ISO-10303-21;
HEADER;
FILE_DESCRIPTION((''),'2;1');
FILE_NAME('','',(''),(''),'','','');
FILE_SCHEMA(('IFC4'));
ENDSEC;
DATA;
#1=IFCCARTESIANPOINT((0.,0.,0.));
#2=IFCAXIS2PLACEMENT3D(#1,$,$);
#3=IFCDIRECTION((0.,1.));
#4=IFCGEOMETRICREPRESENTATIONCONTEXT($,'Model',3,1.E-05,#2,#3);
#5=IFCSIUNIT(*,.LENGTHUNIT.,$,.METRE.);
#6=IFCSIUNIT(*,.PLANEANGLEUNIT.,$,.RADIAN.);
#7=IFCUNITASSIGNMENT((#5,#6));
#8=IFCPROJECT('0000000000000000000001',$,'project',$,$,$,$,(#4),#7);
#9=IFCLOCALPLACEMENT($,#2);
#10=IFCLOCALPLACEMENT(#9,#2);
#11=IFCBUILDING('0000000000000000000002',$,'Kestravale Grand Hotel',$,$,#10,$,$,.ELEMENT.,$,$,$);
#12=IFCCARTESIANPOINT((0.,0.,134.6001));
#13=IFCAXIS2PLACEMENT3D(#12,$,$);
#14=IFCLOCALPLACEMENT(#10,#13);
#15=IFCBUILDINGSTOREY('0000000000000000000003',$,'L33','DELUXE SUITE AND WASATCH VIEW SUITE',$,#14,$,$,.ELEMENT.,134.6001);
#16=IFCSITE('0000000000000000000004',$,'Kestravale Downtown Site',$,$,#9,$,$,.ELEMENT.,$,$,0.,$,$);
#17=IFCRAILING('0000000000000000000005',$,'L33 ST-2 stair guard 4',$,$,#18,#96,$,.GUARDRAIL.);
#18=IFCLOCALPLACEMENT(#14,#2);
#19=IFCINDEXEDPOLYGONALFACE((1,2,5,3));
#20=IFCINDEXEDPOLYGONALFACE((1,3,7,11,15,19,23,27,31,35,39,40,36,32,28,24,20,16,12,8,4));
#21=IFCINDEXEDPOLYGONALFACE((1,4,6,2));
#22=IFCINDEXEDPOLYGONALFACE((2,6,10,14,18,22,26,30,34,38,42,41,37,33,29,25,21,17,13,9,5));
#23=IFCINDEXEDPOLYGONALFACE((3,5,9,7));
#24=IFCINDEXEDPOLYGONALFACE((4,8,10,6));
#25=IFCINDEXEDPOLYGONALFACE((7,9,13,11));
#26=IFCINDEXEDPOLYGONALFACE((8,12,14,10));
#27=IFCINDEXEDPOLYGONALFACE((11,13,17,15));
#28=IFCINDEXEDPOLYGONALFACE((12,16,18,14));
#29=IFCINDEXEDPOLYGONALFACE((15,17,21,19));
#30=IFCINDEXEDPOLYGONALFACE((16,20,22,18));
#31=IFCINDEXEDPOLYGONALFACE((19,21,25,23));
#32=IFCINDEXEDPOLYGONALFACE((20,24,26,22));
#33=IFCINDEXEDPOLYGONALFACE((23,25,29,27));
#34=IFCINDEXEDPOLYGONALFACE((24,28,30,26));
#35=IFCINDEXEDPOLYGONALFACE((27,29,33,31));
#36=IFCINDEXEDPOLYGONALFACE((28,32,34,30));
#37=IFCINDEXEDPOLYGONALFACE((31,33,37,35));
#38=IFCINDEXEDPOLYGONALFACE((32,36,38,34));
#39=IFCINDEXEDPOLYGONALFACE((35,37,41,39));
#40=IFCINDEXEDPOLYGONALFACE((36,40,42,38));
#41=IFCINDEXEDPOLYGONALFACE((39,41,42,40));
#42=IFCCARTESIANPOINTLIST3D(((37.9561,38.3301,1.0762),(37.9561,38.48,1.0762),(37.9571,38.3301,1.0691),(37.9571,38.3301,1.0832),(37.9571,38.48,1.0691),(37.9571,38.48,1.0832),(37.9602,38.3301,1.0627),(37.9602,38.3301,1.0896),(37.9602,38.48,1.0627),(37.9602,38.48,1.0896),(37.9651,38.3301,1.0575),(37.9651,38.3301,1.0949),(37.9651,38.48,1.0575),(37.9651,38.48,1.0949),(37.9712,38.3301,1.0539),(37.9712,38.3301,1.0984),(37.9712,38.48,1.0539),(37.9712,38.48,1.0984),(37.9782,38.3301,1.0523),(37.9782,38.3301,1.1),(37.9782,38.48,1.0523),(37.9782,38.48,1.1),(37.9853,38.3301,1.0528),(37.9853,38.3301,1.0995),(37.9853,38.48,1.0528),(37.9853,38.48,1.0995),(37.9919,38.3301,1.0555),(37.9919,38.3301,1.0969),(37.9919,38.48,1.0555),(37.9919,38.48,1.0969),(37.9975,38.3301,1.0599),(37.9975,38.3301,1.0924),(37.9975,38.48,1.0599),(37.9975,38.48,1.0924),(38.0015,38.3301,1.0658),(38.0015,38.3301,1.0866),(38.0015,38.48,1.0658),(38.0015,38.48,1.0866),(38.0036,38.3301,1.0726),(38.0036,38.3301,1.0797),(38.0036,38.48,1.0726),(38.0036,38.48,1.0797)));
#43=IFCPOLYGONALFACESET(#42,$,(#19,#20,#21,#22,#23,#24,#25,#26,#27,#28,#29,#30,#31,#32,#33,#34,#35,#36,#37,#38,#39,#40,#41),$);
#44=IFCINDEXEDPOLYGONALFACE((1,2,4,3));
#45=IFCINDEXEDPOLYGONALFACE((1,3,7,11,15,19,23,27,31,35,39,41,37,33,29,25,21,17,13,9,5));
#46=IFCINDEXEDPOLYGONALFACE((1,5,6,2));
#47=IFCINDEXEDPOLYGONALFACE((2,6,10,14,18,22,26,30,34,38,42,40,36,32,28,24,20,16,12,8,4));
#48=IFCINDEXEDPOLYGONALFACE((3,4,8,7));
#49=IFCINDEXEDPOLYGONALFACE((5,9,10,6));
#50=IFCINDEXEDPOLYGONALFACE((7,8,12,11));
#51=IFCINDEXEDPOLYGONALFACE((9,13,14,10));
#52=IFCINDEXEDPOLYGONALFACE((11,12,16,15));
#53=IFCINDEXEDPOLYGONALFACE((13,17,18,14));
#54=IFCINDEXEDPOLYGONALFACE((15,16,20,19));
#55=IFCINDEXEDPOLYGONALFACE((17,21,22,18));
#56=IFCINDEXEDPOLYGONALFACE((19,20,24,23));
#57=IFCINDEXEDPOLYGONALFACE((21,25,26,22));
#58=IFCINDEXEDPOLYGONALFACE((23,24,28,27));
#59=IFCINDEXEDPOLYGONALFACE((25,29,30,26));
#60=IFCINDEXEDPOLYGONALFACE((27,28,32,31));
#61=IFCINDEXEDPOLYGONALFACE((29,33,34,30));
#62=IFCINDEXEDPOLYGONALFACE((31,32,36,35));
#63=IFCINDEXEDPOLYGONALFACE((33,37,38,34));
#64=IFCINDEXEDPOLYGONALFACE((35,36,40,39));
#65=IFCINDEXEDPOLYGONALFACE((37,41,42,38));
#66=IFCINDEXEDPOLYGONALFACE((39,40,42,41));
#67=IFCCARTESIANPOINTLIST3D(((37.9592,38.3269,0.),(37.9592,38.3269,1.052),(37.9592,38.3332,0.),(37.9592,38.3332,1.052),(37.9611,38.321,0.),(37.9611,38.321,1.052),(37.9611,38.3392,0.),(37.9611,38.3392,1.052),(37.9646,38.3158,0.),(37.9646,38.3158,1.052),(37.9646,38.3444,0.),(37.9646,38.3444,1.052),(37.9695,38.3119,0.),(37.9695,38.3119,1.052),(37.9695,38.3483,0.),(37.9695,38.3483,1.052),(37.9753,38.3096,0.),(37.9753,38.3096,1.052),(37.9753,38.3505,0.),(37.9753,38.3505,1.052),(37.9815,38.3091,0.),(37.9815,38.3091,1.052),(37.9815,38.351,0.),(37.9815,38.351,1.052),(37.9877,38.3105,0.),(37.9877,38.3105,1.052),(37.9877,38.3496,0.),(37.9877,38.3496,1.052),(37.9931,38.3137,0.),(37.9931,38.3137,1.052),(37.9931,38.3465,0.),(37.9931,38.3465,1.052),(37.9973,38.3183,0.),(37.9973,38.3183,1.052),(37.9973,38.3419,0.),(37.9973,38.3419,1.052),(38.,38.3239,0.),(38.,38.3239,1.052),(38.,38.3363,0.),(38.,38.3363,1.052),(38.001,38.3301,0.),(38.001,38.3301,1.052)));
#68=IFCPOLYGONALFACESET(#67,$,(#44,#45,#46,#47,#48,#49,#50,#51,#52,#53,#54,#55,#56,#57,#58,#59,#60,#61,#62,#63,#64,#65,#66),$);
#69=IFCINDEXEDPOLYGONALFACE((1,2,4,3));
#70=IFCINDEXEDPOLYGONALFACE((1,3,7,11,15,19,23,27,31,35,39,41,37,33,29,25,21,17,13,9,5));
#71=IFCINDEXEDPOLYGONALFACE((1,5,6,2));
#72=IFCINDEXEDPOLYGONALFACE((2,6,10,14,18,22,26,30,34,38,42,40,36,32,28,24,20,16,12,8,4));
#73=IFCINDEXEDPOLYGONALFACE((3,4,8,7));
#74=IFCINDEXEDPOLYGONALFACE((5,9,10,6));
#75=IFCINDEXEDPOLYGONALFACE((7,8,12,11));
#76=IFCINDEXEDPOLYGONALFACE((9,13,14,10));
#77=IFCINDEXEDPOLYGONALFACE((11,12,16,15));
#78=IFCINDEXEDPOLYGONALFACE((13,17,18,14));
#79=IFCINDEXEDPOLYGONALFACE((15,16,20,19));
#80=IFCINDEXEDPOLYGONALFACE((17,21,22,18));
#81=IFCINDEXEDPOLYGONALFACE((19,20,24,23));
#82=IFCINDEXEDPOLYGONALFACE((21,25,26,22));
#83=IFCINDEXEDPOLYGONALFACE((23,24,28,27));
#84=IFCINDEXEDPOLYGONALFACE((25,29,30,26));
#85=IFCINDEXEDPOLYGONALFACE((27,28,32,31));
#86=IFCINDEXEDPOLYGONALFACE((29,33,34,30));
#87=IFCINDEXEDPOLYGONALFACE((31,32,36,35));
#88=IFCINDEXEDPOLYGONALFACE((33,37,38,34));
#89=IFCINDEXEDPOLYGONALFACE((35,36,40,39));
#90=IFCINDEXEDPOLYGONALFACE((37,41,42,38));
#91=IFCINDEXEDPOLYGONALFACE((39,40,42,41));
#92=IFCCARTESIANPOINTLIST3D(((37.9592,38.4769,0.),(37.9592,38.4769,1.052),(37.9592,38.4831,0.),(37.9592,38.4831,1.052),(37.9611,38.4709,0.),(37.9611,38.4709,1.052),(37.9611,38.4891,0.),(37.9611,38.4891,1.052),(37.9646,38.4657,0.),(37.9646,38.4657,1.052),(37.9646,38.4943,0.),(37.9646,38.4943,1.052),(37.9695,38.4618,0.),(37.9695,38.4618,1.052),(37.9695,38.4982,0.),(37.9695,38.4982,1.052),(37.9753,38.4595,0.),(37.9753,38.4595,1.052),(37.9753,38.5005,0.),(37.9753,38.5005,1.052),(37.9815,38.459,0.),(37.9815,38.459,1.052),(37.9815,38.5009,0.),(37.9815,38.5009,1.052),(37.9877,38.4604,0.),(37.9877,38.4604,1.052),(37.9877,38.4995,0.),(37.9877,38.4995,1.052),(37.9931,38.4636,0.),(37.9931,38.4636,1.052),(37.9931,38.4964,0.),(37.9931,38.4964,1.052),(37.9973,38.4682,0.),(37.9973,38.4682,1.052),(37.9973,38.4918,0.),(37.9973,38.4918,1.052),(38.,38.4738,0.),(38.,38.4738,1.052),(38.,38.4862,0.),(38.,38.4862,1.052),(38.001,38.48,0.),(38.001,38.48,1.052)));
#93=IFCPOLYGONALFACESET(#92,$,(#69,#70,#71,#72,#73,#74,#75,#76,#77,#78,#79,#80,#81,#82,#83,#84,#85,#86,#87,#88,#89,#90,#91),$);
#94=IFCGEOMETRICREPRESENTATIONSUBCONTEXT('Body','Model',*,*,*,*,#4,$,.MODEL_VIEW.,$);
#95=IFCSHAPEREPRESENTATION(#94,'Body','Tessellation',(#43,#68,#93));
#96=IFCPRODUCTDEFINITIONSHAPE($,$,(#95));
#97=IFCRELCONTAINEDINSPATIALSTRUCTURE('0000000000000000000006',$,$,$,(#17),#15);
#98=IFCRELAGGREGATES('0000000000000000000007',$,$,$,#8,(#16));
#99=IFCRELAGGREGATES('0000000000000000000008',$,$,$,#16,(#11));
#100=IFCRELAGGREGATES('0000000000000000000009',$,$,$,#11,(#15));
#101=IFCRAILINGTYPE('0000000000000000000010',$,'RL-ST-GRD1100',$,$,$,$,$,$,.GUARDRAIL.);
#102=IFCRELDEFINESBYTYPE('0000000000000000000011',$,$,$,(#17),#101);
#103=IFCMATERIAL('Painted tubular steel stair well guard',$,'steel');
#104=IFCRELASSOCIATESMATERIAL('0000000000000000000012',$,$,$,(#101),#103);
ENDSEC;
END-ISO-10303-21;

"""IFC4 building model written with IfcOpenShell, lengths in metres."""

from ifc_helpers import new_model, si_unit, direction, frame, origin, origin_2d, place, context, subcontext, project, spatial, circle, extrude, material, type_object, element, save


model = new_model("IFC4")

# Units and contexts
model_context = context("Model", 3, precision=1e-05, world=origin(), true_north=direction((0.0, 1.0)))
body_context = subcontext(model_context, "Body", "Model", "MODEL_VIEW")
ifc_project = project(units=[si_unit("LENGTHUNIT", "METRE"), si_unit("PLANEANGLEUNIT", "RADIAN")], contexts=[model_context])

# Site, building, storey
site_placement = place(None, origin())
site = spatial("IfcSite", under=ifc_project, at=site_placement, Name="Kestravale Downtown Site", CompositionType="ELEMENT", RefElevation=0.0)
building_placement = place(site_placement, origin())
building = spatial("IfcBuilding", under=site, at=building_placement, Name="Kestravale Grand Hotel", CompositionType="ELEMENT")
storey_placement = place(building_placement, frame((0.0, 0.0, 134.6001)))
storey = spatial("IfcBuildingStorey", under=building, at=storey_placement, Name="L33", Description="DELUXE SUITE AND WASATCH VIEW SUITE", CompositionType="ELEMENT", Elevation=134.6001)

# Railing
ifc_material_1 = material(Name="Painted tubular steel stair well guard", Category="steel")
railing_type_1 = type_object("IfcRailingType", Name="RL-ST-GRD1100", PredefinedType="GUARDRAIL", material=ifc_material_1)
railing_1_placement = place(storey_placement, frame((37.98, 38.3301, 0.0)))
element("IfcRailing", 1, at=railing_1_placement, inside=storey, type_object=railing_type_1, Name="L33 ST-2 stair guard 4", PredefinedType="GUARDRAIL", context=body_context, shape_type="SweptSolid", body=[
    extrude(circle(Radius=0.0239, at=origin_2d()), frame((0.0, 0.0, 1.0762), z_axis=(0.0, 1.0, 0.0), x_axis=(-1.0, 0.0, 0.0)), (0.0, 0.0, 1.0), 0.1499),
    extrude(circle(Radius=0.021, at=origin_2d()), origin(), (0.0, 0.0, 1.0), 1.052),
    extrude(circle(Radius=0.021, at=origin_2d()), frame((0.0, 0.1499, 0.0)), (0.0, 0.0, 1.0), 1.052),
])

save(model, "model.ifc")
